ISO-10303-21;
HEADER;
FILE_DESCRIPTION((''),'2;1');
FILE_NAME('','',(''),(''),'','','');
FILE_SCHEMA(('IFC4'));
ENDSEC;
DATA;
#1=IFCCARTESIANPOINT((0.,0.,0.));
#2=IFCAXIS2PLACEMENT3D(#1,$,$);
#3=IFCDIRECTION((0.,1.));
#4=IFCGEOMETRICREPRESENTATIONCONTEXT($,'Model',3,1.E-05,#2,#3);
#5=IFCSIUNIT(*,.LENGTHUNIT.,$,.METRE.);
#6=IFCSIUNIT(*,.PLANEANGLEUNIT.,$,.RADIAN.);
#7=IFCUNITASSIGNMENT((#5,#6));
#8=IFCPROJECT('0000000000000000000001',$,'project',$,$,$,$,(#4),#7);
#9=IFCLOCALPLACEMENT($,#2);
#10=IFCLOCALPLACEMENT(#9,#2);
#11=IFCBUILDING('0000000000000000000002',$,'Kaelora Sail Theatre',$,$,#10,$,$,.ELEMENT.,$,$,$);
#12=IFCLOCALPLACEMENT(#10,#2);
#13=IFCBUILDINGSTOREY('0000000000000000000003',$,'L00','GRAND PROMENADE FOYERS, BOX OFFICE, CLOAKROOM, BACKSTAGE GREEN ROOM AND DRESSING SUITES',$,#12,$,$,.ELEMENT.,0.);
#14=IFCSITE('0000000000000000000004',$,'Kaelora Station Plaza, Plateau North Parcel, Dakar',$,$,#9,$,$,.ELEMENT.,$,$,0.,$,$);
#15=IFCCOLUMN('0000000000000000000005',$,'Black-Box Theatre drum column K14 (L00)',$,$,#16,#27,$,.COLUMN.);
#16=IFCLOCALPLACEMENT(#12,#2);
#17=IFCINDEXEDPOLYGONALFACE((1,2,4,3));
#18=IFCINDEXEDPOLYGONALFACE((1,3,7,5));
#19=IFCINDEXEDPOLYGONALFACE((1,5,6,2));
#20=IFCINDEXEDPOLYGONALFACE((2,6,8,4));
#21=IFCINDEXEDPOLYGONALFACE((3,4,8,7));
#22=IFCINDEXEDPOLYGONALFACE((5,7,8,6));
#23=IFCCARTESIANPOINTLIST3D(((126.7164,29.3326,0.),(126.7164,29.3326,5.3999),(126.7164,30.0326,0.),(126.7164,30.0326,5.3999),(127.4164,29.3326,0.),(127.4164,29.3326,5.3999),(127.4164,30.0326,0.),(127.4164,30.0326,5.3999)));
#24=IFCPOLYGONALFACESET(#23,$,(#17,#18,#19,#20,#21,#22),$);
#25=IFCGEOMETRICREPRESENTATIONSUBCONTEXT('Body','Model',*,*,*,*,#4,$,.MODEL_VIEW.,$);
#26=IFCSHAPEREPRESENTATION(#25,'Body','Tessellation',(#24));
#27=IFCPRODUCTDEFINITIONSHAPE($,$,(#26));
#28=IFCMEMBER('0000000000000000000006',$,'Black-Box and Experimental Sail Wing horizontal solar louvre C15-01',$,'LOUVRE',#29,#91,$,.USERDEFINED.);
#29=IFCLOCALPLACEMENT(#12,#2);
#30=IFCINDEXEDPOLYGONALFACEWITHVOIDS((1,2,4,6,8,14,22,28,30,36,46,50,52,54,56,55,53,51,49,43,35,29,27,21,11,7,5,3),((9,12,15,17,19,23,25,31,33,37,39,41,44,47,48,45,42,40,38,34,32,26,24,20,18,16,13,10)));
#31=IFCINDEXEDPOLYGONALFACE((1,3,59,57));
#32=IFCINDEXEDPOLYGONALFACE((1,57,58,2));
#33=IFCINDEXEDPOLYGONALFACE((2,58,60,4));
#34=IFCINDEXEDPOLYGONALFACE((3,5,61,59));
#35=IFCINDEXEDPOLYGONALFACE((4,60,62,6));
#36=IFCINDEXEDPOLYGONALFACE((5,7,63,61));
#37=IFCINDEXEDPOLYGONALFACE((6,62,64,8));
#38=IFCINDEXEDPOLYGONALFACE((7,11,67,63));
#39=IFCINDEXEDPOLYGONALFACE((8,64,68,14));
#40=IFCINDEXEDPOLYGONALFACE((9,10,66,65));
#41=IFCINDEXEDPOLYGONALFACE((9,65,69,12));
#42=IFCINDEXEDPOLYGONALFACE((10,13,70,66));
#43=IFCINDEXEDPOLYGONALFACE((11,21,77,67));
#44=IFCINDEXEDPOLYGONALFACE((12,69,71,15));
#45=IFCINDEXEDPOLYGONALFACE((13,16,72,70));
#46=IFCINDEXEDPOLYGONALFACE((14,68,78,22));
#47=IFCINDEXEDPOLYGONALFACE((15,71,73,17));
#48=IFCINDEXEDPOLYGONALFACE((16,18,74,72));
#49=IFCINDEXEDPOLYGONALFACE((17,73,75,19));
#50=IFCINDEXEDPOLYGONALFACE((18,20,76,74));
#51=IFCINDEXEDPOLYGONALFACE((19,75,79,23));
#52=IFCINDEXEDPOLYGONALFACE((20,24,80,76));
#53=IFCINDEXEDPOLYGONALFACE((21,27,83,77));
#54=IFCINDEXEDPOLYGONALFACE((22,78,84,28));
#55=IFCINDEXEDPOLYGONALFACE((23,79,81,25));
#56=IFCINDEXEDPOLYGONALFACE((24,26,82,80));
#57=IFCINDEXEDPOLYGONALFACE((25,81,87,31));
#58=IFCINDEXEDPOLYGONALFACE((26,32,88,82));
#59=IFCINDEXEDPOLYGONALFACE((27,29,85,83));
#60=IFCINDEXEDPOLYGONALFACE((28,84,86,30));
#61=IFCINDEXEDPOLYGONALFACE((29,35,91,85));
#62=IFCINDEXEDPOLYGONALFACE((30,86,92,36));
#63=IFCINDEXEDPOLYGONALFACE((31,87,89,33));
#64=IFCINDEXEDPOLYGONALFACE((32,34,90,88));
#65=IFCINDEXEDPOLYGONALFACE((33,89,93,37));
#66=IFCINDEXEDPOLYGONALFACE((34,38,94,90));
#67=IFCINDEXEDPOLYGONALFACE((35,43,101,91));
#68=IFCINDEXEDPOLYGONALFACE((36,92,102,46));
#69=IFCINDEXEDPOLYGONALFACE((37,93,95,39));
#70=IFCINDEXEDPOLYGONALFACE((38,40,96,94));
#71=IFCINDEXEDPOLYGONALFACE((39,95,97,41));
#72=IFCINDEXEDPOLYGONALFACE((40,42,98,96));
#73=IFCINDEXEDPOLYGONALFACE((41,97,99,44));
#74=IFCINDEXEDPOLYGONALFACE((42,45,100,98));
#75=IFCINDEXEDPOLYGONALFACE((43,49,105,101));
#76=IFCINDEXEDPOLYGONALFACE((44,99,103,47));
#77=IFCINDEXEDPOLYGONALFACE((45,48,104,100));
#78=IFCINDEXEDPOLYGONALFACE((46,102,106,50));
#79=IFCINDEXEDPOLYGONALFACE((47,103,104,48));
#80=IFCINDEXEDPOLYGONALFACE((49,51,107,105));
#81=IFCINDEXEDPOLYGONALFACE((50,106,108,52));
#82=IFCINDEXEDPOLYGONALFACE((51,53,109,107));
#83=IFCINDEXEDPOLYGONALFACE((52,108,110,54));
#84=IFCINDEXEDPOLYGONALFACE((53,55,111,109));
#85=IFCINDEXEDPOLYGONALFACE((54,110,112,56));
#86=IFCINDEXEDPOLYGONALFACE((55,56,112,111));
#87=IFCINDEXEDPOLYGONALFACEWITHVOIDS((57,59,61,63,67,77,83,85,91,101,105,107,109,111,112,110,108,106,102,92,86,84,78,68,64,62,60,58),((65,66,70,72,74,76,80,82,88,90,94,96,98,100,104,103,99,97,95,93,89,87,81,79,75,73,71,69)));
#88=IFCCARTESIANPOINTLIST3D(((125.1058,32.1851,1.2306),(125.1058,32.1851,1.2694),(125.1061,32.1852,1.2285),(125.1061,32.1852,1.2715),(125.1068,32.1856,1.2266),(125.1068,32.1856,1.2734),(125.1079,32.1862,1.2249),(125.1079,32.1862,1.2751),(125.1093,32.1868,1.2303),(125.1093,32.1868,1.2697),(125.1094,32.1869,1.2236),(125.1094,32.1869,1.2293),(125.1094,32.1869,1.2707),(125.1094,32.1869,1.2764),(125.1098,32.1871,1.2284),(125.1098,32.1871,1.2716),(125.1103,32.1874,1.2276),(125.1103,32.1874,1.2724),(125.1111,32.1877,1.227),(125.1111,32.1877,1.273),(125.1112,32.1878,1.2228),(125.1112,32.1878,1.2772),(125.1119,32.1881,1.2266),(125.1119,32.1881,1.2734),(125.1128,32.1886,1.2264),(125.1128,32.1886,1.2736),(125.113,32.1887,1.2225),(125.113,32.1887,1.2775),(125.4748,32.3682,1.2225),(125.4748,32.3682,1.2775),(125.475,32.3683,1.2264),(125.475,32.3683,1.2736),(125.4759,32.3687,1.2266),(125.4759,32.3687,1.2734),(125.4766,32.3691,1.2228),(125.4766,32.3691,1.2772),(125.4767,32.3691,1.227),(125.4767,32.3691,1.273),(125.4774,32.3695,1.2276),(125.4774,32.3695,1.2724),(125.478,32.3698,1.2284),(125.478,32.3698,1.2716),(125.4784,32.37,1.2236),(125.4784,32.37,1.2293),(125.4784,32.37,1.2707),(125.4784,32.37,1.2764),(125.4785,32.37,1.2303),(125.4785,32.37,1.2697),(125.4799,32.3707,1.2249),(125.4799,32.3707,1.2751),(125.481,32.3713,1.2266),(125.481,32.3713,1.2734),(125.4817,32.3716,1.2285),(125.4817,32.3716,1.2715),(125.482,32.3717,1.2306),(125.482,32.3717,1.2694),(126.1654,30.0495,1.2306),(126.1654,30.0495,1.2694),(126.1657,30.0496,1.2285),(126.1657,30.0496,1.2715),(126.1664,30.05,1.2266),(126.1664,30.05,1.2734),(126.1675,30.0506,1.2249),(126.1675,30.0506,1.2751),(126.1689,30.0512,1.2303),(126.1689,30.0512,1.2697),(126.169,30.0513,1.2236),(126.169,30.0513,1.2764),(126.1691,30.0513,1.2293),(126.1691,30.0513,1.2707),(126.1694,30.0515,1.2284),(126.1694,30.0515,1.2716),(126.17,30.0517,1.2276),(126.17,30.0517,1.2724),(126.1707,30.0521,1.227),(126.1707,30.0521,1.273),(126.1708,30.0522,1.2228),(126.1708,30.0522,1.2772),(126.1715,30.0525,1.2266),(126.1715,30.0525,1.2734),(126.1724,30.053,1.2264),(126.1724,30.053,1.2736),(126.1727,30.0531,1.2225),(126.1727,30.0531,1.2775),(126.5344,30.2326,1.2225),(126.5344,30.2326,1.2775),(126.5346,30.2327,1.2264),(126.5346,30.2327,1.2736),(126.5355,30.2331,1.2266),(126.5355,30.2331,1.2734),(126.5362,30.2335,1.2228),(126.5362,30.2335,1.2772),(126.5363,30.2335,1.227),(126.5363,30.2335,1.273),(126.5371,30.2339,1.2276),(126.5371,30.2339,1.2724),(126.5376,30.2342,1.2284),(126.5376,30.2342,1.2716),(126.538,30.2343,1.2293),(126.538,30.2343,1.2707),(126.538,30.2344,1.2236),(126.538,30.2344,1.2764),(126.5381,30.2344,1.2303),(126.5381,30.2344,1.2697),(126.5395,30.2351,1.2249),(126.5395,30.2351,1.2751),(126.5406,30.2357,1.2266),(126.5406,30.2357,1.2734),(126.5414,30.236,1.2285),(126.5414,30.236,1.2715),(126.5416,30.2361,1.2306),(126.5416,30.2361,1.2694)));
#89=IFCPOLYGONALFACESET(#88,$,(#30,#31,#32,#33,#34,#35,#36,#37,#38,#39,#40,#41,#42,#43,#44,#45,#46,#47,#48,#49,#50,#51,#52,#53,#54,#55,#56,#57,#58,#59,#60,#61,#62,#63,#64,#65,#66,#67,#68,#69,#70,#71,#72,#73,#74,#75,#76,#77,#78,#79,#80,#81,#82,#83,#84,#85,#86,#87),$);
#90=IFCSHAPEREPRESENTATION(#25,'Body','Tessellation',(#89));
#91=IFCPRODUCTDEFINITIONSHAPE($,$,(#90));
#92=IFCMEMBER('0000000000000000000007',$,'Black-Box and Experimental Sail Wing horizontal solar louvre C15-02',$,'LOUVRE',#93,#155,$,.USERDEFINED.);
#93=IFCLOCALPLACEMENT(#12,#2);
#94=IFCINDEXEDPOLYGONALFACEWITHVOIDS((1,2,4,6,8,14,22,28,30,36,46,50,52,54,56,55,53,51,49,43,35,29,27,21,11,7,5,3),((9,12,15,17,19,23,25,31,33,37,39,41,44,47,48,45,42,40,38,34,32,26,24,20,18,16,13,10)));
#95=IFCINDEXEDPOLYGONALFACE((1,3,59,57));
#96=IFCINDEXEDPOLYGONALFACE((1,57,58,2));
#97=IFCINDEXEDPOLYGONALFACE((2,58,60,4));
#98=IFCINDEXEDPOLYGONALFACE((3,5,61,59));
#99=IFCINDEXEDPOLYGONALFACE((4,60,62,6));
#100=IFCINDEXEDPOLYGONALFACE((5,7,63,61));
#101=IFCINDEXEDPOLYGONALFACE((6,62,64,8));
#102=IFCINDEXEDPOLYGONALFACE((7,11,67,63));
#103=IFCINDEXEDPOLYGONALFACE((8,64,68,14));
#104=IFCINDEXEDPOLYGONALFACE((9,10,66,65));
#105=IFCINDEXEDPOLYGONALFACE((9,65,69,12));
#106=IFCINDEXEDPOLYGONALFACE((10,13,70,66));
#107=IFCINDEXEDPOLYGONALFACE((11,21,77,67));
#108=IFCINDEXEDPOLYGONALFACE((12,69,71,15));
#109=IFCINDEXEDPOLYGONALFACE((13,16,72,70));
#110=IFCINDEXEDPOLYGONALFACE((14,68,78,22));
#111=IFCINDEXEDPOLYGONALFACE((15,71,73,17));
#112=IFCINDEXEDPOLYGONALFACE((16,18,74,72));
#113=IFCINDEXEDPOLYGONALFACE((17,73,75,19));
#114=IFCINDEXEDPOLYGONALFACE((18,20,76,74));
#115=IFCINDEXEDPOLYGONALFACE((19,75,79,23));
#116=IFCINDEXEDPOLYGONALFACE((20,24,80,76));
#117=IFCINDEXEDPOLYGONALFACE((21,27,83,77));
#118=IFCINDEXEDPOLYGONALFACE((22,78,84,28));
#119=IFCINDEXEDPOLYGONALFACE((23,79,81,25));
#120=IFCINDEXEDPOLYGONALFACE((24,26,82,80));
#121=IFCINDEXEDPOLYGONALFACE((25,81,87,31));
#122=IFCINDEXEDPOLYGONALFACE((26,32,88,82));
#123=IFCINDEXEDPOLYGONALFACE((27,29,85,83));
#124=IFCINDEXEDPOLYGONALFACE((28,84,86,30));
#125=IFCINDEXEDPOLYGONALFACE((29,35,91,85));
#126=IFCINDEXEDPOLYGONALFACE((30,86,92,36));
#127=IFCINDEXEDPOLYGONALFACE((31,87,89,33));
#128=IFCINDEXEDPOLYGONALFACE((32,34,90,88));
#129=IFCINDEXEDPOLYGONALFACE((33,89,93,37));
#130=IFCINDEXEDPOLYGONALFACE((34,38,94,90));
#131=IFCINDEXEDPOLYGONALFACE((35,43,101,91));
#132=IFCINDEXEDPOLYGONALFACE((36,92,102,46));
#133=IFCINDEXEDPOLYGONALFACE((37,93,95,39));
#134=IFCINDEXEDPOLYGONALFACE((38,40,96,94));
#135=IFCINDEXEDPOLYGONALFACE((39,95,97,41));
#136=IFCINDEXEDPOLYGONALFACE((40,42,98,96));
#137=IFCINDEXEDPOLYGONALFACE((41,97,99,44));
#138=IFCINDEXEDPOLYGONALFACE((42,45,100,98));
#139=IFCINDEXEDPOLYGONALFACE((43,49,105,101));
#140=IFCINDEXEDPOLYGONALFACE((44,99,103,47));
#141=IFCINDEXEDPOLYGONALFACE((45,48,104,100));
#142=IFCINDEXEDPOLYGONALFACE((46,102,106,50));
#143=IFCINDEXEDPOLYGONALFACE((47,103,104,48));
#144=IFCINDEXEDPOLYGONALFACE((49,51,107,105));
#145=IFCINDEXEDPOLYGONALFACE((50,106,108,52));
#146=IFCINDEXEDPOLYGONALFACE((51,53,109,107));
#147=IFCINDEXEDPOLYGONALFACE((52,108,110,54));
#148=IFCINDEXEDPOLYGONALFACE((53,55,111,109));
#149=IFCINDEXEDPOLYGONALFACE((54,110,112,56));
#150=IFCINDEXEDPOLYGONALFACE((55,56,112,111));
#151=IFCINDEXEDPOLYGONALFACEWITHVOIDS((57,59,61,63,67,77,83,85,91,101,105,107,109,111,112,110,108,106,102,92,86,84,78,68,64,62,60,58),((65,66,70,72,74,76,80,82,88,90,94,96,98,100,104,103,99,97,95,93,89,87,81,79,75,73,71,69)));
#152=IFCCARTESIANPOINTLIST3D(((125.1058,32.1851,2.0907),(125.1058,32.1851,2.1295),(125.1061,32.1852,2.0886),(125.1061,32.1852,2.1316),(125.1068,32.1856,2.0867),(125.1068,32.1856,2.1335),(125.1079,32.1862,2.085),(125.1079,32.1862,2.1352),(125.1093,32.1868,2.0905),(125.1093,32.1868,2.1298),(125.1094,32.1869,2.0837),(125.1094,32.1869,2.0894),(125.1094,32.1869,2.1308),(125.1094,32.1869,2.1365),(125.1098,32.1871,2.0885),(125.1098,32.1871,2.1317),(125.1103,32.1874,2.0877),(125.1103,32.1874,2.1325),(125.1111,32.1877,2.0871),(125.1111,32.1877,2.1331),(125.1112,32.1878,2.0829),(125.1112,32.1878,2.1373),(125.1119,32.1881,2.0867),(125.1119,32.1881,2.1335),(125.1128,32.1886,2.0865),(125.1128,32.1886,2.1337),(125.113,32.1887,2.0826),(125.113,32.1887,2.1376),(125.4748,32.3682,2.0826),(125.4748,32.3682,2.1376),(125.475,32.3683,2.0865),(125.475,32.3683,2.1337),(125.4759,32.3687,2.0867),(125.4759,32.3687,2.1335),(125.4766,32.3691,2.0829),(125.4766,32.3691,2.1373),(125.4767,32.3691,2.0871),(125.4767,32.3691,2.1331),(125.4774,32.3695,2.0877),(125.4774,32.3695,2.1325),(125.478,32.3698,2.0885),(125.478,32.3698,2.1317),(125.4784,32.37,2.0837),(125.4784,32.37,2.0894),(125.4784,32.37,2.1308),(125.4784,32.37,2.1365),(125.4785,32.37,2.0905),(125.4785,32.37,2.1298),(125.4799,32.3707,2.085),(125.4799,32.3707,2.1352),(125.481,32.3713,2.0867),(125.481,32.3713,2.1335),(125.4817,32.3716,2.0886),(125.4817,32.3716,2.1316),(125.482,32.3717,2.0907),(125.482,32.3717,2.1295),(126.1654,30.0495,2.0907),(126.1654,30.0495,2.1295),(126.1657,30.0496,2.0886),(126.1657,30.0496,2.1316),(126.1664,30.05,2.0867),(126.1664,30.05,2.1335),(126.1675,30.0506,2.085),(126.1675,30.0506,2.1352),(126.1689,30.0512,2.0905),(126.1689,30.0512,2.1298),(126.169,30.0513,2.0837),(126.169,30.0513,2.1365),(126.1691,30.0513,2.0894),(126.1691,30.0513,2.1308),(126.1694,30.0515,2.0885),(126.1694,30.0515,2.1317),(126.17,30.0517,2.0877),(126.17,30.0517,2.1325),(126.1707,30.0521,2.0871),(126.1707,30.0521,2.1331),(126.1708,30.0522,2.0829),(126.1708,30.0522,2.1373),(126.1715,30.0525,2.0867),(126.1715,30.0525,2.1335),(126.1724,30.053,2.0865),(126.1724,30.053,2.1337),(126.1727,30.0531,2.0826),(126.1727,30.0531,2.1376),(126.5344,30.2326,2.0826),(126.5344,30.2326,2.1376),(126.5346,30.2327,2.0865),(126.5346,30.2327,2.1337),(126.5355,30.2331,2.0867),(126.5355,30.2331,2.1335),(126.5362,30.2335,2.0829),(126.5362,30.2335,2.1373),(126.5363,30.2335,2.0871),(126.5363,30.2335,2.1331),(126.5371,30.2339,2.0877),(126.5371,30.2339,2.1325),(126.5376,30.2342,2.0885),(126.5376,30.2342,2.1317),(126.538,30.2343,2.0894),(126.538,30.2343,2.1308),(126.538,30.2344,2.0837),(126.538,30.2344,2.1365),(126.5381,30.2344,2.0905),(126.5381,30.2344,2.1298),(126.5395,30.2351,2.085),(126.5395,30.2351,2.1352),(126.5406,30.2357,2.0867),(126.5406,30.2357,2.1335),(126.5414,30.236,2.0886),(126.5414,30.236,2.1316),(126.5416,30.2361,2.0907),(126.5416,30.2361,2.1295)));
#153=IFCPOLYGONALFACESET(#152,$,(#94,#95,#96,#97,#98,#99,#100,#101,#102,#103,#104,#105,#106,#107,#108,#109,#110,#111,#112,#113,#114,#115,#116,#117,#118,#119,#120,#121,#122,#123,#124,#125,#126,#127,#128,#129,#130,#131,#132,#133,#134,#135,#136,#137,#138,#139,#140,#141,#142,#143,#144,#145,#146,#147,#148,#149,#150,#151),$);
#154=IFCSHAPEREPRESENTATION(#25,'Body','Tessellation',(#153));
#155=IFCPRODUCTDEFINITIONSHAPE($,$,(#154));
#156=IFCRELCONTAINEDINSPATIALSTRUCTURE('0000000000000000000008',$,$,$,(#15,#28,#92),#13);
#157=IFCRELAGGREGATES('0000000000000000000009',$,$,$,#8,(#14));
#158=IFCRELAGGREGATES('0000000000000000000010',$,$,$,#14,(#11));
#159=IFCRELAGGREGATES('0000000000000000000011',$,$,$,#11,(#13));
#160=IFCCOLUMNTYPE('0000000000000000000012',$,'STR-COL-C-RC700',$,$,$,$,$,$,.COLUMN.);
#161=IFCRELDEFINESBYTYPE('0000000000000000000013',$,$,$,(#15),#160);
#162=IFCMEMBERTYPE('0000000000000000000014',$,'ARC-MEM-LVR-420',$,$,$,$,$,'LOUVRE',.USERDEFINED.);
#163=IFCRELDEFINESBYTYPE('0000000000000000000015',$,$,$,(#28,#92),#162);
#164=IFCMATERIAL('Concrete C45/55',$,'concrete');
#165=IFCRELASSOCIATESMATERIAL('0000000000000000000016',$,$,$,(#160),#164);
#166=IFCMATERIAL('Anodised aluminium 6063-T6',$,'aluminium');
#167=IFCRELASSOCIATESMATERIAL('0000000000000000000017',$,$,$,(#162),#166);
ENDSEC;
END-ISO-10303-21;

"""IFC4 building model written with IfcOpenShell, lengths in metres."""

from ifc_helpers import new_model, si_unit, direction, frame, origin, origin_2d, place, context, subcontext, project, spatial, rectangle, hollow_rectangle, extrude, material, material_profile, profile_set, type_object, element, save


model = new_model("IFC4")

# Units and contexts
model_context = context("Model", 3, precision=1e-05, world=origin(), true_north=direction((0.0, 1.0)))
body_context = subcontext(model_context, "Body", "Model", "MODEL_VIEW")
ifc_project = project(units=[si_unit("LENGTHUNIT", "METRE"), si_unit("PLANEANGLEUNIT", "RADIAN")], contexts=[model_context])

# Site, building, storey
site_placement = place(None, origin())
site = spatial("IfcSite", under=ifc_project, at=site_placement, Name="Kaelora Station Plaza, Plateau North Parcel, Dakar", CompositionType="ELEMENT", RefElevation=0.0)
building_placement = place(site_placement, origin())
building = spatial("IfcBuilding", under=site, at=building_placement, Name="Kaelora Sail Theatre", CompositionType="ELEMENT")
storey_placement = place(building_placement, origin())
storey = spatial("IfcBuildingStorey", under=building, at=storey_placement, Name="L00", Description="GRAND PROMENADE FOYERS, BOX OFFICE, CLOAKROOM, BACKSTAGE GREEN ROOM AND DRESSING SUITES", CompositionType="ELEMENT", Elevation=0.0)

# Column
ifc_material_1 = material(Name="Concrete C45/55", Category="concrete")
ifc_material_profile_1 = material_profile(ifc_material_1, rectangle(XDim=0.7, YDim=0.7, at=origin_2d()), Name="RC-COL 700x700")
ifc_profile_set_1 = profile_set([ifc_material_profile_1], Name="Concrete C45/55")
column_type = type_object("IfcColumnType", Name="STR-COL-C-RC700", PredefinedType="COLUMN", material=ifc_profile_set_1)
column_placement = place(storey_placement, frame((127.0664, 29.6826, 0.0), z_axis=(0.0, 0.0, 1.0), x_axis=(1.0, 0.0, 0.0)))
element("IfcColumn", 1, at=column_placement, inside=storey, type_object=column_type, Name="Black-Box Theatre drum column K14 (L00)", PredefinedType="COLUMN", context=body_context, shape_type="SweptSolid", body=[
    extrude(rectangle(XDim=0.7, YDim=0.7, at=origin_2d()), origin(), (0.0, 0.0, 1.0), 5.3999),
])

# Members
ifc_material_2 = material(Name="Anodised aluminium 6063-T6", Category="aluminium")
ifc_material_profile_2 = material_profile(ifc_material_2, hollow_rectangle(XDim=0.4199, YDim=0.0549, WallThickness=0.0039, InnerFilletRadius=0.0039, OuterFilletRadius=0.0081, at=origin_2d()), Name="LOUVRE 420x55x4")
ifc_profile_set_2 = profile_set([ifc_material_profile_2], Name="Anodised aluminium 6063-T6")
member_type_1 = type_object("IfcMemberType", Name="ARC-MEM-LVR-420", ElementType="LOUVRE", PredefinedType="USERDEFINED", material=ifc_profile_set_2)
for number, where, z_axis, x_axis, name in (
    (2, (126.3535, 30.1428, 1.25), (-0.444467, 0.895795, 0.0), (-0.895795, -0.444467, 0.0), "Black-Box and Experimental Sail Wing horizontal solar louvre C15-01"),
    (3, (126.3535, 30.1428, 2.1101), (-0.444467, 0.895795, 0.0), (-0.895795, -0.444467, 0.0), "Black-Box and Experimental Sail Wing horizontal solar louvre C15-02"),
):
    element("IfcMember", number, at=place(storey_placement, frame(where, z_axis=z_axis, x_axis=x_axis)), inside=storey, type_object=member_type_1, Name=name, ObjectType="LOUVRE", PredefinedType="USERDEFINED", context=body_context, shape_type="SweptSolid", body=[
        extrude(hollow_rectangle(XDim=0.4199, YDim=0.0549, WallThickness=0.0039, InnerFilletRadius=0.0039, OuterFilletRadius=0.0081, at=origin_2d()), origin(), (0.0, 0.0, 1.0), 2.384),
    ])

save(model, "model.ifc")
